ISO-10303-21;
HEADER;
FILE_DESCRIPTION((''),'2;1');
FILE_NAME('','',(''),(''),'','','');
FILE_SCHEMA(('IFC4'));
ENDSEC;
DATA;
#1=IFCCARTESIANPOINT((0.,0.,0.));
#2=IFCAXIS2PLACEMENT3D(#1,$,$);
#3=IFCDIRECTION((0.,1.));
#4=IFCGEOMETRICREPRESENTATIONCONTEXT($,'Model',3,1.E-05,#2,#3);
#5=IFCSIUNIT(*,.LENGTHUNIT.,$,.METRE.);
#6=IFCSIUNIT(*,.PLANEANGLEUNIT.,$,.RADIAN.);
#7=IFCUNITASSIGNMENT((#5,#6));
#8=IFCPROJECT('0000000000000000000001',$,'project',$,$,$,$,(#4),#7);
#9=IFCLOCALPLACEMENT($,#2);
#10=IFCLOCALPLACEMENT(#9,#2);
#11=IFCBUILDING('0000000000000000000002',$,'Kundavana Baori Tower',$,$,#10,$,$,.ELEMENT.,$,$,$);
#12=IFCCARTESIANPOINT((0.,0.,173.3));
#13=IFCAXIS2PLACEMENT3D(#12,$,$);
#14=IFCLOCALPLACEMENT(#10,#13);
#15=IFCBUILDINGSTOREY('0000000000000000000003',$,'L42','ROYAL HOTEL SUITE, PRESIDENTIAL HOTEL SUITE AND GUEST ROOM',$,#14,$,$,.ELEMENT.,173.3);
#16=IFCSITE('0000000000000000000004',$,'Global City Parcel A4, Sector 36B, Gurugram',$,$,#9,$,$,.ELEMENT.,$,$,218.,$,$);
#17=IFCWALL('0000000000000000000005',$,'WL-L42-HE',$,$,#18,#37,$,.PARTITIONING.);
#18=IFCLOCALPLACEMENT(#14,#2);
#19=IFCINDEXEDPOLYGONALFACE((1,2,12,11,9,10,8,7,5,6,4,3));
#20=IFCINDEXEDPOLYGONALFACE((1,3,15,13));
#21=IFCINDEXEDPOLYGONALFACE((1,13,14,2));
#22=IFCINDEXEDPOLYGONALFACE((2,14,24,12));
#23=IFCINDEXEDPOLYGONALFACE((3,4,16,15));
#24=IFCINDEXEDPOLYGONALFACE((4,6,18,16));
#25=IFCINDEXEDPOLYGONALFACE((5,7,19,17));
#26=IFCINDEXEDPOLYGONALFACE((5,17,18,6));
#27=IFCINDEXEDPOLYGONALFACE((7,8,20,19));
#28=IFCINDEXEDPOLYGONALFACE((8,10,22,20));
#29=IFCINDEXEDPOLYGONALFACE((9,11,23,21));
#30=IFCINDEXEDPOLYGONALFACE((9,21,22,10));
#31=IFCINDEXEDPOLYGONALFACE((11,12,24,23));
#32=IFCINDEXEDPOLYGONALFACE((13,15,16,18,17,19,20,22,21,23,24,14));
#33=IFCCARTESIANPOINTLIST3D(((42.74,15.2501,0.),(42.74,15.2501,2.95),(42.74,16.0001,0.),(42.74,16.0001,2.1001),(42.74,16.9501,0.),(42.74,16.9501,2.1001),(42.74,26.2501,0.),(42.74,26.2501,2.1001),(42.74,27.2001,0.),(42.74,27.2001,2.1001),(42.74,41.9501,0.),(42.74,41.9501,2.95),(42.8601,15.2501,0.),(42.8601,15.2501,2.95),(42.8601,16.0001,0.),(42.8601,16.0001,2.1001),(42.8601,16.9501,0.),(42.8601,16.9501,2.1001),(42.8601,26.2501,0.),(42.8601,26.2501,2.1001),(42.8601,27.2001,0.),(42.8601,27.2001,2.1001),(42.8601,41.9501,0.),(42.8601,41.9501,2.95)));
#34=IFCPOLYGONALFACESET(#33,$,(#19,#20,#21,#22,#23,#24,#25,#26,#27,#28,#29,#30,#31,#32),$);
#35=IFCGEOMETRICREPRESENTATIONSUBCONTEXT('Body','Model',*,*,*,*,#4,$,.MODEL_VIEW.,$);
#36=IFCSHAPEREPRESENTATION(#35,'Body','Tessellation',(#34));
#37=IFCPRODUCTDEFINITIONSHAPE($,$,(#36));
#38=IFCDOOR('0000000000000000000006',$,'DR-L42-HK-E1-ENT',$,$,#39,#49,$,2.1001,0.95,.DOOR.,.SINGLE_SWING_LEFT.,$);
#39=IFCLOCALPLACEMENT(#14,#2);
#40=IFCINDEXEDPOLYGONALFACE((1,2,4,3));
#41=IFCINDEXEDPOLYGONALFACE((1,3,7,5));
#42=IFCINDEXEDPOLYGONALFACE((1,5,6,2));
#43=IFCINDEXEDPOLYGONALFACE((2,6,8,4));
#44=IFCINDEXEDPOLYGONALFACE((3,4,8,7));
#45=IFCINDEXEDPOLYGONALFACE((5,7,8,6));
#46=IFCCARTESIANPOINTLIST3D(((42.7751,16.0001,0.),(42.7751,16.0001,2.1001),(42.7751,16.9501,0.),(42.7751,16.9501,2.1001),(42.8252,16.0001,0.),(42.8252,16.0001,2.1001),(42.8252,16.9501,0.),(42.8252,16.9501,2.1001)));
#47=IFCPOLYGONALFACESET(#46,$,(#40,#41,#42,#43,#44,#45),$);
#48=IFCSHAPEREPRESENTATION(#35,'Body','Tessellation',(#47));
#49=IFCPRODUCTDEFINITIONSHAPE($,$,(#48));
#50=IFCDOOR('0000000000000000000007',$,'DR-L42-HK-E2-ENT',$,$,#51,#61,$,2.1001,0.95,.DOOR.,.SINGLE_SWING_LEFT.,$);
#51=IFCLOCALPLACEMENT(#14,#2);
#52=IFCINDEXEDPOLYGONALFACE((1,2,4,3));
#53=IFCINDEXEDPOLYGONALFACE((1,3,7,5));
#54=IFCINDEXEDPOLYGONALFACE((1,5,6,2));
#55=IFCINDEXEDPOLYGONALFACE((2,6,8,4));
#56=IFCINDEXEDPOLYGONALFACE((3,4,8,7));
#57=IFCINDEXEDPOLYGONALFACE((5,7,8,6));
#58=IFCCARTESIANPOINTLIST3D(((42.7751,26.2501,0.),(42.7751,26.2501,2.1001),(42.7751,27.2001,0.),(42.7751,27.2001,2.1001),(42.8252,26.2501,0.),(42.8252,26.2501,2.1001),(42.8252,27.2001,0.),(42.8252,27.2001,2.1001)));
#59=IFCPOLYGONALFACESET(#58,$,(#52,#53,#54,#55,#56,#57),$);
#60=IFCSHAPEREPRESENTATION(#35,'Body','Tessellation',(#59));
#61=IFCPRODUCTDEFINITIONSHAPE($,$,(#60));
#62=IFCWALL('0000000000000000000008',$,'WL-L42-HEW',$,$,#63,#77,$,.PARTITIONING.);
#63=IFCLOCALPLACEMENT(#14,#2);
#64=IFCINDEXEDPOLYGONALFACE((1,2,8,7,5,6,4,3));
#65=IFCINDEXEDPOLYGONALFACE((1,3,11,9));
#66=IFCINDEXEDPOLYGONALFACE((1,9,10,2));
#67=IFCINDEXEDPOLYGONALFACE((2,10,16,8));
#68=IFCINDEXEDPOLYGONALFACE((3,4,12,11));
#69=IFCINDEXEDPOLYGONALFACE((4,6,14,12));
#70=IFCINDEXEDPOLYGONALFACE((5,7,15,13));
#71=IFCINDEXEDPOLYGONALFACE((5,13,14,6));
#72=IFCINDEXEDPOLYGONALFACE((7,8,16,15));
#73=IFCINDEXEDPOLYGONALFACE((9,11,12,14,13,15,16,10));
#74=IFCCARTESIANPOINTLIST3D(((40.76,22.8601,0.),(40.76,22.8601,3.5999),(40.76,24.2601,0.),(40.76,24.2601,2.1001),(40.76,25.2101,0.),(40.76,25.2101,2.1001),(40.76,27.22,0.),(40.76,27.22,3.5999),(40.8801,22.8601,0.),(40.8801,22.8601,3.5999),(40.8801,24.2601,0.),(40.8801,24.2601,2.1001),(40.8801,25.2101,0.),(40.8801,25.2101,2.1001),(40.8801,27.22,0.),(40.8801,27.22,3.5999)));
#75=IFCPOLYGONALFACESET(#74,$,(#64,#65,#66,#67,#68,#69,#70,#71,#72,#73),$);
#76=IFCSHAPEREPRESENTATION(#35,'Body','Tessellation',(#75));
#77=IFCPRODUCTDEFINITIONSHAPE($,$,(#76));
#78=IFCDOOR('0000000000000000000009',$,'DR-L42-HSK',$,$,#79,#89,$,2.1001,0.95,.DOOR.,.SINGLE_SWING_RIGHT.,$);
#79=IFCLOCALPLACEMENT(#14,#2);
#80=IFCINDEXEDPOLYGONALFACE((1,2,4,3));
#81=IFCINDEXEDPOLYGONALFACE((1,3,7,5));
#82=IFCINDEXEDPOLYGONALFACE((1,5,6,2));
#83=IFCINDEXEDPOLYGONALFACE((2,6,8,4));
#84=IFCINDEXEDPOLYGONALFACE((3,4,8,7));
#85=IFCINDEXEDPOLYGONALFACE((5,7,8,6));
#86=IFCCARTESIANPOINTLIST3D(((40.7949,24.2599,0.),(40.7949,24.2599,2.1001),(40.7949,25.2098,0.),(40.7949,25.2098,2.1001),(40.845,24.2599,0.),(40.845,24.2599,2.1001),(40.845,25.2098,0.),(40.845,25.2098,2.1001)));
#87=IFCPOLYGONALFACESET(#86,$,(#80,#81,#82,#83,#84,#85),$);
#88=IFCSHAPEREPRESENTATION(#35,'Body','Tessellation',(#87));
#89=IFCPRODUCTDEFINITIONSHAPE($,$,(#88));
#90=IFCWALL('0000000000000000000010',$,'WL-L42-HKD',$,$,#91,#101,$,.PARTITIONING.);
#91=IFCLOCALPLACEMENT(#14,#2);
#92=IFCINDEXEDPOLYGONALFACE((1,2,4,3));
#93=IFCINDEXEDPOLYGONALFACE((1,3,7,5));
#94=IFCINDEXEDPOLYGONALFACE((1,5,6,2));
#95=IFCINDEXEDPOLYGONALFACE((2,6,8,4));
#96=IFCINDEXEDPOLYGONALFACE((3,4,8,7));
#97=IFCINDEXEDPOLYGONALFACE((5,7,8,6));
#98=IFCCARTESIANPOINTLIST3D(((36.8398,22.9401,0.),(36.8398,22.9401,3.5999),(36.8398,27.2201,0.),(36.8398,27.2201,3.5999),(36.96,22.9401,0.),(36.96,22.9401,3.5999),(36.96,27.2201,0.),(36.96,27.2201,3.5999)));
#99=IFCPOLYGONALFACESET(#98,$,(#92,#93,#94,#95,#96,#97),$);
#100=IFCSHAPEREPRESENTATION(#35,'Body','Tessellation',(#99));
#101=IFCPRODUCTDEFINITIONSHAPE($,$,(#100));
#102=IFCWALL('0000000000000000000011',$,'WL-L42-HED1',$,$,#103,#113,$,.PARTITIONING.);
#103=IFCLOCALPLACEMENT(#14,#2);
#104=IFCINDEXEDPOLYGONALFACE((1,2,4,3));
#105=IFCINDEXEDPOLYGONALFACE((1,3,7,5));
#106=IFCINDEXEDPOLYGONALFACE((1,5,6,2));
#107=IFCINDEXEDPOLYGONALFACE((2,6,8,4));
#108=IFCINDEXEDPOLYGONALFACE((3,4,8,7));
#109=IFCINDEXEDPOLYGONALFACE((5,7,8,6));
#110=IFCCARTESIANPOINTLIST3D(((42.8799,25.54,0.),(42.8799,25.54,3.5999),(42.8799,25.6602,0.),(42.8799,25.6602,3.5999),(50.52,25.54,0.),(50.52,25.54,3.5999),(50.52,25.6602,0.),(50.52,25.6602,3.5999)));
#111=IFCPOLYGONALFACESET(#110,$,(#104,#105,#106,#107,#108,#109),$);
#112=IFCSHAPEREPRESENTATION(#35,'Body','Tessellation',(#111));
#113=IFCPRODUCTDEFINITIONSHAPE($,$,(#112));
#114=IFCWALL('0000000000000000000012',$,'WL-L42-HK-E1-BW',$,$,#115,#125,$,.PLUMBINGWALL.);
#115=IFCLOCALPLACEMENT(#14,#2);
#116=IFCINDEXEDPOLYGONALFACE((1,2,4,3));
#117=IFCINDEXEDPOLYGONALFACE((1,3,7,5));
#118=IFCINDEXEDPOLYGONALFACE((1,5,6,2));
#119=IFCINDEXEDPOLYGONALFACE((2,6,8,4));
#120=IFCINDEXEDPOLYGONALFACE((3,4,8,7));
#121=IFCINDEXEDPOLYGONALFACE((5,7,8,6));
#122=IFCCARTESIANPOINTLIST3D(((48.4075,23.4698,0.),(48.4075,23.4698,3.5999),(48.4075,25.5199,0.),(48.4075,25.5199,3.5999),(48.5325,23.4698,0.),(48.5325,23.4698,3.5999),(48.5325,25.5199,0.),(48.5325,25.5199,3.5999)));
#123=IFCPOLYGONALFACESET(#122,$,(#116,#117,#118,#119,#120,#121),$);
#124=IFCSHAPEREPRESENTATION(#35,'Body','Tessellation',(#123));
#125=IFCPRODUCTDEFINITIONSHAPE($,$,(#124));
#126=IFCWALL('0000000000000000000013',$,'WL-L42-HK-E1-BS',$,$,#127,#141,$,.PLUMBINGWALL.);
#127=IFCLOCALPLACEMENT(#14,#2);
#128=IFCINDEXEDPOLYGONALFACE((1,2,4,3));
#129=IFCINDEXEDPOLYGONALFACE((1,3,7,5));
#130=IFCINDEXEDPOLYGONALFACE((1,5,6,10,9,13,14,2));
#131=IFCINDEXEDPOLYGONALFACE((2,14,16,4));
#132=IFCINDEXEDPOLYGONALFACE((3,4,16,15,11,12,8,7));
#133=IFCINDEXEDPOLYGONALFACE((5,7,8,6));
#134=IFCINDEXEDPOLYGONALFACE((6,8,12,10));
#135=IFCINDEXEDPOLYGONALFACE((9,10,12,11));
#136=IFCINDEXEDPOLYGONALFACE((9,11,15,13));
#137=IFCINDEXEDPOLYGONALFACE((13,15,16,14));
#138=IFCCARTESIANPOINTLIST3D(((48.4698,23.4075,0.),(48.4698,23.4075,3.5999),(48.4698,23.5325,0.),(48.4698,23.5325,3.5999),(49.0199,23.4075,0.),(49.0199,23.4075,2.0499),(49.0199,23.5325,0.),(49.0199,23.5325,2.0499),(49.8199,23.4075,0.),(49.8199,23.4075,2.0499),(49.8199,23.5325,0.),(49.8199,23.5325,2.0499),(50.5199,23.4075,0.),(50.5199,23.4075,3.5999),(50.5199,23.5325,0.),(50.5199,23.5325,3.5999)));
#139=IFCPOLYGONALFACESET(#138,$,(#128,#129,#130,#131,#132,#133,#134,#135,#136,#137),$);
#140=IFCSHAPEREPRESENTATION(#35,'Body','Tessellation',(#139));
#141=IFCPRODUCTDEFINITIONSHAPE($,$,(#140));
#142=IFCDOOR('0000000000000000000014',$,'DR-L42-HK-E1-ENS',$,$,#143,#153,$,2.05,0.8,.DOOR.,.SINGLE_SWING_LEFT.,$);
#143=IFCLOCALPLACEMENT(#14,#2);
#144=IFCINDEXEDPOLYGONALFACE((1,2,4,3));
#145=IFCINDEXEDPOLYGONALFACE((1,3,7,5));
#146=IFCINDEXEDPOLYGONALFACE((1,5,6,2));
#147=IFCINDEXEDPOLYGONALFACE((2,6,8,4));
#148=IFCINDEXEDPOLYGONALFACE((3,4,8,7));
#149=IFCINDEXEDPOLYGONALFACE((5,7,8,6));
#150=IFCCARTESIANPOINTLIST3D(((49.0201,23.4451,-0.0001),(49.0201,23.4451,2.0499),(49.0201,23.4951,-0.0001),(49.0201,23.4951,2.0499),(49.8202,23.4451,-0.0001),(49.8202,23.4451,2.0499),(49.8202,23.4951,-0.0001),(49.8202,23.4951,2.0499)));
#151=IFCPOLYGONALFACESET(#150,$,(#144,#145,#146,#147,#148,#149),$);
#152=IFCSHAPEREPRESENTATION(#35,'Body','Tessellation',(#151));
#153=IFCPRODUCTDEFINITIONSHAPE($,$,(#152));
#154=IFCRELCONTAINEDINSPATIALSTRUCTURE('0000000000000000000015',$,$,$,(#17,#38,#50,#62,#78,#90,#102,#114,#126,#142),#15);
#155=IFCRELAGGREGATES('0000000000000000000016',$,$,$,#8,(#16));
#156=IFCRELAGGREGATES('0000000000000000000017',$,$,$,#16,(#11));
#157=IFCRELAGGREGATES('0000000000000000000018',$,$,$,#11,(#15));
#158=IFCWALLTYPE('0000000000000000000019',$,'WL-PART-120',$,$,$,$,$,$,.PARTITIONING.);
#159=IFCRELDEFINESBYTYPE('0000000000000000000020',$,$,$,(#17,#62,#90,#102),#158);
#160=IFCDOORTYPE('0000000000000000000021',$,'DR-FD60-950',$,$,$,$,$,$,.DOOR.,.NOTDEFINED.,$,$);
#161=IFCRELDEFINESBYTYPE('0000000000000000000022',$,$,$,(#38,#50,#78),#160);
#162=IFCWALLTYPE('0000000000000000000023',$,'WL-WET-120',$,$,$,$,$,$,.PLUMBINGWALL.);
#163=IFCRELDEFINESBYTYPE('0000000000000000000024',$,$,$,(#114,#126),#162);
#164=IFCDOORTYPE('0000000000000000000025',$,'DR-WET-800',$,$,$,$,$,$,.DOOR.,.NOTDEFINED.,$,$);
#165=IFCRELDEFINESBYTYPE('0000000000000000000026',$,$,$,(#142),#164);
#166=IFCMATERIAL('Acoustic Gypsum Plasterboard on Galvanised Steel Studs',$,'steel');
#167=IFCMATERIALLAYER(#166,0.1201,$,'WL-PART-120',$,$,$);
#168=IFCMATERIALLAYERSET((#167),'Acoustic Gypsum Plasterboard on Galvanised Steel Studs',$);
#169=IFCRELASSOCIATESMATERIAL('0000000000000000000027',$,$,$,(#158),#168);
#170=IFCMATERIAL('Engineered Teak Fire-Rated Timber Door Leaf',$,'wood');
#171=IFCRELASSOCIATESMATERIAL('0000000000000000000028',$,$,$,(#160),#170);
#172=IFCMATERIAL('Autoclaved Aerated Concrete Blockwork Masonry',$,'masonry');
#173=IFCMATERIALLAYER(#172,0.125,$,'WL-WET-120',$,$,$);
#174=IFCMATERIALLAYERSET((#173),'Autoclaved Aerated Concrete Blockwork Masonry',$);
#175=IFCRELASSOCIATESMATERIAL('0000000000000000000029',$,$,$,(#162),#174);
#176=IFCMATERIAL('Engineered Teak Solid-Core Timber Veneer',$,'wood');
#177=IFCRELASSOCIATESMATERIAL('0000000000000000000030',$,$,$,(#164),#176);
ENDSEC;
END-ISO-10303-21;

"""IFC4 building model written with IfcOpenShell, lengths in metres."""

from ifc_helpers import new_model, si_unit, direction, frame, frame_2d, origin, place, context, subcontext, project, spatial, rectangle, extrude, material, layer, layer_set, type_object, element, fill, save


model = new_model("IFC4")

# Units and contexts
model_context = context("Model", 3, precision=1e-05, world=origin(), true_north=direction((0.0, 1.0)))
body_context = subcontext(model_context, "Body", "Model", "MODEL_VIEW")
ifc_project = project(units=[si_unit("LENGTHUNIT", "METRE"), si_unit("PLANEANGLEUNIT", "RADIAN")], contexts=[model_context])

# Site, building, storey
site_placement = place(None, origin())
site = spatial("IfcSite", under=ifc_project, at=site_placement, Name="Global City Parcel A4, Sector 36B, Gurugram", CompositionType="ELEMENT", RefElevation=218.0)
building_placement = place(site_placement, origin())
building = spatial("IfcBuilding", under=site, at=building_placement, Name="Kundavana Baori Tower", CompositionType="ELEMENT")
storey_placement = place(building_placement, frame((0.0, 0.0, 173.3)))
storey = spatial("IfcBuildingStorey", under=building, at=storey_placement, Name="L42", Description="ROYAL HOTEL SUITE, PRESIDENTIAL HOTEL SUITE AND GUEST ROOM", CompositionType="ELEMENT", Elevation=173.3)

# Wall, openings, doors
ifc_material_1 = material(Name="Acoustic Gypsum Plasterboard on Galvanised Steel Studs", Category="steel")
ifc_layer_1 = layer(ifc_material_1, 0.1201, Name="WL-PART-120")
ifc_layer_set_1 = layer_set([ifc_layer_1], Name="Acoustic Gypsum Plasterboard on Galvanised Steel Studs")
wall_type_1 = type_object("IfcWallType", Name="WL-PART-120", PredefinedType="PARTITIONING", material=ifc_layer_set_1)
wall_1_placement = place(storey_placement, frame((42.8, 15.25, 0.0), z_axis=(0.0, 0.0, 1.0), x_axis=(0.0, 1.0, 0.0)))
wall_1 = element("IfcWall", 1, at=wall_1_placement, inside=storey, type_object=wall_type_1, Name="WL-L42-HE", PredefinedType="PARTITIONING", context=body_context, shape_type="SweptSolid", body=[
    extrude(rectangle(XDim=26.7, YDim=0.1201, at=frame_2d((13.3501, 0.0))), origin(), (0.0, 0.0, 1.0), 2.95),
])
opening_1_placement = place(wall_1_placement, frame((0.75, 0.0, 0.0)))
opening_1 = element("IfcOpeningElement", 2, at=opening_1_placement, cuts=wall_1, PredefinedType="OPENING", context=body_context, shape_type="SweptSolid", body=[
    extrude(rectangle(XDim=0.95, YDim=2.1001, at=frame_2d((0.4751, 1.05))), frame((0.0, 0.0701, 0.0), z_axis=(0.0, -1.0, 0.0), x_axis=(1.0, 0.0, 0.0)), (0.0, 0.0, 1.0), 0.1401),
])
opening_2_placement = place(wall_1_placement, frame((11.0, 0.0, 0.0)))
opening_2 = element("IfcOpeningElement", 3, at=opening_2_placement, cuts=wall_1, PredefinedType="OPENING", context=body_context, shape_type="SweptSolid", body=[
    extrude(rectangle(XDim=0.95, YDim=2.1001, at=frame_2d((0.4751, 1.05))), frame((0.0, 0.0701, 0.0), z_axis=(0.0, -1.0, 0.0), x_axis=(1.0, 0.0, 0.0)), (0.0, 0.0, 1.0), 0.1401),
])
ifc_material_2 = material(Name="Engineered Teak Fire-Rated Timber Door Leaf", Category="wood")
door_type_1 = type_object("IfcDoorType", Name="DR-FD60-950", OperationType="NOTDEFINED", PredefinedType="DOOR", material=ifc_material_2)
door_1_placement = place(opening_1_placement, origin())
door_1 = element("IfcDoor", 4, at=door_1_placement, inside=storey, type_object=door_type_1, Name="DR-L42-HK-E1-ENT", OperationType="SINGLE_SWING_LEFT", OverallHeight=2.1001, OverallWidth=0.95, PredefinedType="DOOR", context=body_context, shape_type="SweptSolid", body=[
    extrude(rectangle(XDim=0.95, YDim=2.1001, at=frame_2d((0.4751, 1.05))), frame((0.0, 0.0249, 0.0), z_axis=(0.0, -1.0, 0.0), x_axis=(1.0, 0.0, 0.0)), (0.0, 0.0, 1.0), 0.05),
])
fill(opening_1, door_1)
door_2_placement = place(opening_2_placement, origin())
door_2 = element("IfcDoor", 5, at=door_2_placement, inside=storey, type_object=door_type_1, Name="DR-L42-HK-E2-ENT", OperationType="SINGLE_SWING_LEFT", OverallHeight=2.1001, OverallWidth=0.95, PredefinedType="DOOR", context=body_context, shape_type="SweptSolid", body=[
    extrude(rectangle(XDim=0.95, YDim=2.1001, at=frame_2d((0.4751, 1.05))), frame((0.0, 0.0249, 0.0), z_axis=(0.0, -1.0, 0.0), x_axis=(1.0, 0.0, 0.0)), (0.0, 0.0, 1.0), 0.05),
])
fill(opening_2, door_2)

# Wall, opening, door
wall_2_placement = place(storey_placement, frame((40.8201, 22.8601, 0.0), z_axis=(0.0, 0.0, 1.0), x_axis=(0.0, 1.0, 0.0)))
wall_2 = element("IfcWall", 6, at=wall_2_placement, inside=storey, type_object=wall_type_1, Name="WL-L42-HEW", PredefinedType="PARTITIONING", context=body_context, shape_type="SweptSolid", body=[
    extrude(rectangle(XDim=4.3599, YDim=0.1201, at=frame_2d((2.1799, 0.0))), origin(), (0.0, 0.0, 1.0), 3.5999),
])
opening_3_placement = place(wall_2_placement, frame((1.3999, 0.0, 0.0)))
opening_3 = element("IfcOpeningElement", 7, at=opening_3_placement, cuts=wall_2, PredefinedType="OPENING", context=body_context, shape_type="SweptSolid", body=[
    extrude(rectangle(XDim=0.95, YDim=2.1001, at=frame_2d((0.4751, 1.05))), frame((0.0, 0.0701, 0.0), z_axis=(0.0, -1.0, 0.0), x_axis=(1.0, 0.0, 0.0)), (0.0, 0.0, 1.0), 0.1401),
])
door_3_placement = place(opening_3_placement, frame((0.95, 0.0, 0.0), z_axis=(0.0, 0.0, 1.0), x_axis=(-1.0, 0.0, 0.0)))
door_3 = element("IfcDoor", 8, at=door_3_placement, inside=storey, type_object=door_type_1, Name="DR-L42-HSK", OperationType="SINGLE_SWING_RIGHT", OverallHeight=2.1001, OverallWidth=0.95, PredefinedType="DOOR", context=body_context, shape_type="SweptSolid", body=[
    extrude(rectangle(XDim=0.95, YDim=2.1001, at=frame_2d((0.4751, 1.05))), frame((0.0, 0.0249, 0.0), z_axis=(0.0, -1.0, 0.0), x_axis=(1.0, 0.0, 0.0)), (0.0, 0.0, 1.0), 0.05),
])
fill(opening_3, door_3)

# Walls
wall_3_placement = place(storey_placement, frame((36.8999, 22.9399, 0.0), z_axis=(0.0, 0.0, 1.0), x_axis=(0.0, 1.0, 0.0)))
element("IfcWall", 9, at=wall_3_placement, inside=storey, type_object=wall_type_1, Name="WL-L42-HKD", PredefinedType="PARTITIONING", context=body_context, shape_type="SweptSolid", body=[
    extrude(rectangle(XDim=4.28, YDim=0.1201, at=frame_2d((2.1401, 0.0))), origin(), (0.0, 0.0, 1.0), 3.5999),
])
wall_4_placement = place(storey_placement, frame((42.8799, 25.6001, 0.0), z_axis=(0.0, 0.0, 1.0), x_axis=(1.0, 0.0, 0.0)))
element("IfcWall", 10, at=wall_4_placement, inside=storey, type_object=wall_type_1, Name="WL-L42-HED1", PredefinedType="PARTITIONING", context=body_context, shape_type="SweptSolid", body=[
    extrude(rectangle(XDim=7.6401, YDim=0.1201, at=frame_2d((3.8201, 0.0))), origin(), (0.0, 0.0, 1.0), 3.5999),
])
ifc_material_3 = material(Name="Autoclaved Aerated Concrete Blockwork Masonry", Category="masonry")
ifc_layer_2 = layer(ifc_material_3, 0.125, Name="WL-WET-120")
ifc_layer_set_2 = layer_set([ifc_layer_2], Name="Autoclaved Aerated Concrete Blockwork Masonry")
wall_type_2 = type_object("IfcWallType", Name="WL-WET-120", PredefinedType="PLUMBINGWALL", material=ifc_layer_set_2)
wall_5_placement = place(storey_placement, frame((48.47, 23.47, 0.0), z_axis=(0.0, 0.0, 1.0), x_axis=(0.0, 1.0, 0.0)))
element("IfcWall", 11, at=wall_5_placement, inside=storey, type_object=wall_type_2, Name="WL-L42-HK-E1-BW", PredefinedType="PLUMBINGWALL", context=body_context, shape_type="SweptSolid", body=[
    extrude(rectangle(XDim=2.05, YDim=0.125, at=frame_2d((1.0249, 0.0))), origin(), (0.0, 0.0, 1.0), 3.5999),
])

# Wall, opening, door
wall_6_placement = place(storey_placement, frame((48.47, 23.47, 0.0), z_axis=(0.0, 0.0, 1.0), x_axis=(1.0, 0.0, 0.0)))
wall_6 = element("IfcWall", 12, at=wall_6_placement, inside=storey, type_object=wall_type_2, Name="WL-L42-HK-E1-BS", PredefinedType="PLUMBINGWALL", context=body_context, shape_type="SweptSolid", body=[
    extrude(rectangle(XDim=2.05, YDim=0.125, at=frame_2d((1.0249, 0.0))), origin(), (0.0, 0.0, 1.0), 3.5999),
])
opening_4_placement = place(wall_6_placement, frame((0.55, 0.0, 0.0)))
opening_4 = element("IfcOpeningElement", 13, at=opening_4_placement, cuts=wall_6, PredefinedType="OPENING", context=body_context, shape_type="SweptSolid", body=[
    extrude(rectangle(XDim=0.8, YDim=2.05, at=frame_2d((0.3999, 1.0249))), frame((0.0, 0.0725, 0.0), z_axis=(0.0, -1.0, 0.0), x_axis=(1.0, 0.0, 0.0)), (0.0, 0.0, 1.0), 0.145),
])
ifc_material_4 = material(Name="Engineered Teak Solid-Core Timber Veneer", Category="wood")
door_type_2 = type_object("IfcDoorType", Name="DR-WET-800", OperationType="NOTDEFINED", PredefinedType="DOOR", material=ifc_material_4)
door_4_placement = place(opening_4_placement, frame((0.8, 0.0, 0.0), z_axis=(0.0, 0.0, 1.0), x_axis=(-1.0, 0.0, 0.0)))
door_4 = element("IfcDoor", 14, at=door_4_placement, inside=storey, type_object=door_type_2, Name="DR-L42-HK-E1-ENS", OperationType="SINGLE_SWING_LEFT", OverallHeight=2.05, OverallWidth=0.8, PredefinedType="DOOR", context=body_context, shape_type="SweptSolid", body=[
    extrude(rectangle(XDim=0.8, YDim=2.05, at=frame_2d((0.3999, 1.0249))), frame((0.0, 0.0249, 0.0), z_axis=(0.0, -1.0, 0.0), x_axis=(1.0, 0.0, 0.0)), (0.0, 0.0, 1.0), 0.05),
])
fill(opening_4, door_4)

save(model, "model.ifc")
